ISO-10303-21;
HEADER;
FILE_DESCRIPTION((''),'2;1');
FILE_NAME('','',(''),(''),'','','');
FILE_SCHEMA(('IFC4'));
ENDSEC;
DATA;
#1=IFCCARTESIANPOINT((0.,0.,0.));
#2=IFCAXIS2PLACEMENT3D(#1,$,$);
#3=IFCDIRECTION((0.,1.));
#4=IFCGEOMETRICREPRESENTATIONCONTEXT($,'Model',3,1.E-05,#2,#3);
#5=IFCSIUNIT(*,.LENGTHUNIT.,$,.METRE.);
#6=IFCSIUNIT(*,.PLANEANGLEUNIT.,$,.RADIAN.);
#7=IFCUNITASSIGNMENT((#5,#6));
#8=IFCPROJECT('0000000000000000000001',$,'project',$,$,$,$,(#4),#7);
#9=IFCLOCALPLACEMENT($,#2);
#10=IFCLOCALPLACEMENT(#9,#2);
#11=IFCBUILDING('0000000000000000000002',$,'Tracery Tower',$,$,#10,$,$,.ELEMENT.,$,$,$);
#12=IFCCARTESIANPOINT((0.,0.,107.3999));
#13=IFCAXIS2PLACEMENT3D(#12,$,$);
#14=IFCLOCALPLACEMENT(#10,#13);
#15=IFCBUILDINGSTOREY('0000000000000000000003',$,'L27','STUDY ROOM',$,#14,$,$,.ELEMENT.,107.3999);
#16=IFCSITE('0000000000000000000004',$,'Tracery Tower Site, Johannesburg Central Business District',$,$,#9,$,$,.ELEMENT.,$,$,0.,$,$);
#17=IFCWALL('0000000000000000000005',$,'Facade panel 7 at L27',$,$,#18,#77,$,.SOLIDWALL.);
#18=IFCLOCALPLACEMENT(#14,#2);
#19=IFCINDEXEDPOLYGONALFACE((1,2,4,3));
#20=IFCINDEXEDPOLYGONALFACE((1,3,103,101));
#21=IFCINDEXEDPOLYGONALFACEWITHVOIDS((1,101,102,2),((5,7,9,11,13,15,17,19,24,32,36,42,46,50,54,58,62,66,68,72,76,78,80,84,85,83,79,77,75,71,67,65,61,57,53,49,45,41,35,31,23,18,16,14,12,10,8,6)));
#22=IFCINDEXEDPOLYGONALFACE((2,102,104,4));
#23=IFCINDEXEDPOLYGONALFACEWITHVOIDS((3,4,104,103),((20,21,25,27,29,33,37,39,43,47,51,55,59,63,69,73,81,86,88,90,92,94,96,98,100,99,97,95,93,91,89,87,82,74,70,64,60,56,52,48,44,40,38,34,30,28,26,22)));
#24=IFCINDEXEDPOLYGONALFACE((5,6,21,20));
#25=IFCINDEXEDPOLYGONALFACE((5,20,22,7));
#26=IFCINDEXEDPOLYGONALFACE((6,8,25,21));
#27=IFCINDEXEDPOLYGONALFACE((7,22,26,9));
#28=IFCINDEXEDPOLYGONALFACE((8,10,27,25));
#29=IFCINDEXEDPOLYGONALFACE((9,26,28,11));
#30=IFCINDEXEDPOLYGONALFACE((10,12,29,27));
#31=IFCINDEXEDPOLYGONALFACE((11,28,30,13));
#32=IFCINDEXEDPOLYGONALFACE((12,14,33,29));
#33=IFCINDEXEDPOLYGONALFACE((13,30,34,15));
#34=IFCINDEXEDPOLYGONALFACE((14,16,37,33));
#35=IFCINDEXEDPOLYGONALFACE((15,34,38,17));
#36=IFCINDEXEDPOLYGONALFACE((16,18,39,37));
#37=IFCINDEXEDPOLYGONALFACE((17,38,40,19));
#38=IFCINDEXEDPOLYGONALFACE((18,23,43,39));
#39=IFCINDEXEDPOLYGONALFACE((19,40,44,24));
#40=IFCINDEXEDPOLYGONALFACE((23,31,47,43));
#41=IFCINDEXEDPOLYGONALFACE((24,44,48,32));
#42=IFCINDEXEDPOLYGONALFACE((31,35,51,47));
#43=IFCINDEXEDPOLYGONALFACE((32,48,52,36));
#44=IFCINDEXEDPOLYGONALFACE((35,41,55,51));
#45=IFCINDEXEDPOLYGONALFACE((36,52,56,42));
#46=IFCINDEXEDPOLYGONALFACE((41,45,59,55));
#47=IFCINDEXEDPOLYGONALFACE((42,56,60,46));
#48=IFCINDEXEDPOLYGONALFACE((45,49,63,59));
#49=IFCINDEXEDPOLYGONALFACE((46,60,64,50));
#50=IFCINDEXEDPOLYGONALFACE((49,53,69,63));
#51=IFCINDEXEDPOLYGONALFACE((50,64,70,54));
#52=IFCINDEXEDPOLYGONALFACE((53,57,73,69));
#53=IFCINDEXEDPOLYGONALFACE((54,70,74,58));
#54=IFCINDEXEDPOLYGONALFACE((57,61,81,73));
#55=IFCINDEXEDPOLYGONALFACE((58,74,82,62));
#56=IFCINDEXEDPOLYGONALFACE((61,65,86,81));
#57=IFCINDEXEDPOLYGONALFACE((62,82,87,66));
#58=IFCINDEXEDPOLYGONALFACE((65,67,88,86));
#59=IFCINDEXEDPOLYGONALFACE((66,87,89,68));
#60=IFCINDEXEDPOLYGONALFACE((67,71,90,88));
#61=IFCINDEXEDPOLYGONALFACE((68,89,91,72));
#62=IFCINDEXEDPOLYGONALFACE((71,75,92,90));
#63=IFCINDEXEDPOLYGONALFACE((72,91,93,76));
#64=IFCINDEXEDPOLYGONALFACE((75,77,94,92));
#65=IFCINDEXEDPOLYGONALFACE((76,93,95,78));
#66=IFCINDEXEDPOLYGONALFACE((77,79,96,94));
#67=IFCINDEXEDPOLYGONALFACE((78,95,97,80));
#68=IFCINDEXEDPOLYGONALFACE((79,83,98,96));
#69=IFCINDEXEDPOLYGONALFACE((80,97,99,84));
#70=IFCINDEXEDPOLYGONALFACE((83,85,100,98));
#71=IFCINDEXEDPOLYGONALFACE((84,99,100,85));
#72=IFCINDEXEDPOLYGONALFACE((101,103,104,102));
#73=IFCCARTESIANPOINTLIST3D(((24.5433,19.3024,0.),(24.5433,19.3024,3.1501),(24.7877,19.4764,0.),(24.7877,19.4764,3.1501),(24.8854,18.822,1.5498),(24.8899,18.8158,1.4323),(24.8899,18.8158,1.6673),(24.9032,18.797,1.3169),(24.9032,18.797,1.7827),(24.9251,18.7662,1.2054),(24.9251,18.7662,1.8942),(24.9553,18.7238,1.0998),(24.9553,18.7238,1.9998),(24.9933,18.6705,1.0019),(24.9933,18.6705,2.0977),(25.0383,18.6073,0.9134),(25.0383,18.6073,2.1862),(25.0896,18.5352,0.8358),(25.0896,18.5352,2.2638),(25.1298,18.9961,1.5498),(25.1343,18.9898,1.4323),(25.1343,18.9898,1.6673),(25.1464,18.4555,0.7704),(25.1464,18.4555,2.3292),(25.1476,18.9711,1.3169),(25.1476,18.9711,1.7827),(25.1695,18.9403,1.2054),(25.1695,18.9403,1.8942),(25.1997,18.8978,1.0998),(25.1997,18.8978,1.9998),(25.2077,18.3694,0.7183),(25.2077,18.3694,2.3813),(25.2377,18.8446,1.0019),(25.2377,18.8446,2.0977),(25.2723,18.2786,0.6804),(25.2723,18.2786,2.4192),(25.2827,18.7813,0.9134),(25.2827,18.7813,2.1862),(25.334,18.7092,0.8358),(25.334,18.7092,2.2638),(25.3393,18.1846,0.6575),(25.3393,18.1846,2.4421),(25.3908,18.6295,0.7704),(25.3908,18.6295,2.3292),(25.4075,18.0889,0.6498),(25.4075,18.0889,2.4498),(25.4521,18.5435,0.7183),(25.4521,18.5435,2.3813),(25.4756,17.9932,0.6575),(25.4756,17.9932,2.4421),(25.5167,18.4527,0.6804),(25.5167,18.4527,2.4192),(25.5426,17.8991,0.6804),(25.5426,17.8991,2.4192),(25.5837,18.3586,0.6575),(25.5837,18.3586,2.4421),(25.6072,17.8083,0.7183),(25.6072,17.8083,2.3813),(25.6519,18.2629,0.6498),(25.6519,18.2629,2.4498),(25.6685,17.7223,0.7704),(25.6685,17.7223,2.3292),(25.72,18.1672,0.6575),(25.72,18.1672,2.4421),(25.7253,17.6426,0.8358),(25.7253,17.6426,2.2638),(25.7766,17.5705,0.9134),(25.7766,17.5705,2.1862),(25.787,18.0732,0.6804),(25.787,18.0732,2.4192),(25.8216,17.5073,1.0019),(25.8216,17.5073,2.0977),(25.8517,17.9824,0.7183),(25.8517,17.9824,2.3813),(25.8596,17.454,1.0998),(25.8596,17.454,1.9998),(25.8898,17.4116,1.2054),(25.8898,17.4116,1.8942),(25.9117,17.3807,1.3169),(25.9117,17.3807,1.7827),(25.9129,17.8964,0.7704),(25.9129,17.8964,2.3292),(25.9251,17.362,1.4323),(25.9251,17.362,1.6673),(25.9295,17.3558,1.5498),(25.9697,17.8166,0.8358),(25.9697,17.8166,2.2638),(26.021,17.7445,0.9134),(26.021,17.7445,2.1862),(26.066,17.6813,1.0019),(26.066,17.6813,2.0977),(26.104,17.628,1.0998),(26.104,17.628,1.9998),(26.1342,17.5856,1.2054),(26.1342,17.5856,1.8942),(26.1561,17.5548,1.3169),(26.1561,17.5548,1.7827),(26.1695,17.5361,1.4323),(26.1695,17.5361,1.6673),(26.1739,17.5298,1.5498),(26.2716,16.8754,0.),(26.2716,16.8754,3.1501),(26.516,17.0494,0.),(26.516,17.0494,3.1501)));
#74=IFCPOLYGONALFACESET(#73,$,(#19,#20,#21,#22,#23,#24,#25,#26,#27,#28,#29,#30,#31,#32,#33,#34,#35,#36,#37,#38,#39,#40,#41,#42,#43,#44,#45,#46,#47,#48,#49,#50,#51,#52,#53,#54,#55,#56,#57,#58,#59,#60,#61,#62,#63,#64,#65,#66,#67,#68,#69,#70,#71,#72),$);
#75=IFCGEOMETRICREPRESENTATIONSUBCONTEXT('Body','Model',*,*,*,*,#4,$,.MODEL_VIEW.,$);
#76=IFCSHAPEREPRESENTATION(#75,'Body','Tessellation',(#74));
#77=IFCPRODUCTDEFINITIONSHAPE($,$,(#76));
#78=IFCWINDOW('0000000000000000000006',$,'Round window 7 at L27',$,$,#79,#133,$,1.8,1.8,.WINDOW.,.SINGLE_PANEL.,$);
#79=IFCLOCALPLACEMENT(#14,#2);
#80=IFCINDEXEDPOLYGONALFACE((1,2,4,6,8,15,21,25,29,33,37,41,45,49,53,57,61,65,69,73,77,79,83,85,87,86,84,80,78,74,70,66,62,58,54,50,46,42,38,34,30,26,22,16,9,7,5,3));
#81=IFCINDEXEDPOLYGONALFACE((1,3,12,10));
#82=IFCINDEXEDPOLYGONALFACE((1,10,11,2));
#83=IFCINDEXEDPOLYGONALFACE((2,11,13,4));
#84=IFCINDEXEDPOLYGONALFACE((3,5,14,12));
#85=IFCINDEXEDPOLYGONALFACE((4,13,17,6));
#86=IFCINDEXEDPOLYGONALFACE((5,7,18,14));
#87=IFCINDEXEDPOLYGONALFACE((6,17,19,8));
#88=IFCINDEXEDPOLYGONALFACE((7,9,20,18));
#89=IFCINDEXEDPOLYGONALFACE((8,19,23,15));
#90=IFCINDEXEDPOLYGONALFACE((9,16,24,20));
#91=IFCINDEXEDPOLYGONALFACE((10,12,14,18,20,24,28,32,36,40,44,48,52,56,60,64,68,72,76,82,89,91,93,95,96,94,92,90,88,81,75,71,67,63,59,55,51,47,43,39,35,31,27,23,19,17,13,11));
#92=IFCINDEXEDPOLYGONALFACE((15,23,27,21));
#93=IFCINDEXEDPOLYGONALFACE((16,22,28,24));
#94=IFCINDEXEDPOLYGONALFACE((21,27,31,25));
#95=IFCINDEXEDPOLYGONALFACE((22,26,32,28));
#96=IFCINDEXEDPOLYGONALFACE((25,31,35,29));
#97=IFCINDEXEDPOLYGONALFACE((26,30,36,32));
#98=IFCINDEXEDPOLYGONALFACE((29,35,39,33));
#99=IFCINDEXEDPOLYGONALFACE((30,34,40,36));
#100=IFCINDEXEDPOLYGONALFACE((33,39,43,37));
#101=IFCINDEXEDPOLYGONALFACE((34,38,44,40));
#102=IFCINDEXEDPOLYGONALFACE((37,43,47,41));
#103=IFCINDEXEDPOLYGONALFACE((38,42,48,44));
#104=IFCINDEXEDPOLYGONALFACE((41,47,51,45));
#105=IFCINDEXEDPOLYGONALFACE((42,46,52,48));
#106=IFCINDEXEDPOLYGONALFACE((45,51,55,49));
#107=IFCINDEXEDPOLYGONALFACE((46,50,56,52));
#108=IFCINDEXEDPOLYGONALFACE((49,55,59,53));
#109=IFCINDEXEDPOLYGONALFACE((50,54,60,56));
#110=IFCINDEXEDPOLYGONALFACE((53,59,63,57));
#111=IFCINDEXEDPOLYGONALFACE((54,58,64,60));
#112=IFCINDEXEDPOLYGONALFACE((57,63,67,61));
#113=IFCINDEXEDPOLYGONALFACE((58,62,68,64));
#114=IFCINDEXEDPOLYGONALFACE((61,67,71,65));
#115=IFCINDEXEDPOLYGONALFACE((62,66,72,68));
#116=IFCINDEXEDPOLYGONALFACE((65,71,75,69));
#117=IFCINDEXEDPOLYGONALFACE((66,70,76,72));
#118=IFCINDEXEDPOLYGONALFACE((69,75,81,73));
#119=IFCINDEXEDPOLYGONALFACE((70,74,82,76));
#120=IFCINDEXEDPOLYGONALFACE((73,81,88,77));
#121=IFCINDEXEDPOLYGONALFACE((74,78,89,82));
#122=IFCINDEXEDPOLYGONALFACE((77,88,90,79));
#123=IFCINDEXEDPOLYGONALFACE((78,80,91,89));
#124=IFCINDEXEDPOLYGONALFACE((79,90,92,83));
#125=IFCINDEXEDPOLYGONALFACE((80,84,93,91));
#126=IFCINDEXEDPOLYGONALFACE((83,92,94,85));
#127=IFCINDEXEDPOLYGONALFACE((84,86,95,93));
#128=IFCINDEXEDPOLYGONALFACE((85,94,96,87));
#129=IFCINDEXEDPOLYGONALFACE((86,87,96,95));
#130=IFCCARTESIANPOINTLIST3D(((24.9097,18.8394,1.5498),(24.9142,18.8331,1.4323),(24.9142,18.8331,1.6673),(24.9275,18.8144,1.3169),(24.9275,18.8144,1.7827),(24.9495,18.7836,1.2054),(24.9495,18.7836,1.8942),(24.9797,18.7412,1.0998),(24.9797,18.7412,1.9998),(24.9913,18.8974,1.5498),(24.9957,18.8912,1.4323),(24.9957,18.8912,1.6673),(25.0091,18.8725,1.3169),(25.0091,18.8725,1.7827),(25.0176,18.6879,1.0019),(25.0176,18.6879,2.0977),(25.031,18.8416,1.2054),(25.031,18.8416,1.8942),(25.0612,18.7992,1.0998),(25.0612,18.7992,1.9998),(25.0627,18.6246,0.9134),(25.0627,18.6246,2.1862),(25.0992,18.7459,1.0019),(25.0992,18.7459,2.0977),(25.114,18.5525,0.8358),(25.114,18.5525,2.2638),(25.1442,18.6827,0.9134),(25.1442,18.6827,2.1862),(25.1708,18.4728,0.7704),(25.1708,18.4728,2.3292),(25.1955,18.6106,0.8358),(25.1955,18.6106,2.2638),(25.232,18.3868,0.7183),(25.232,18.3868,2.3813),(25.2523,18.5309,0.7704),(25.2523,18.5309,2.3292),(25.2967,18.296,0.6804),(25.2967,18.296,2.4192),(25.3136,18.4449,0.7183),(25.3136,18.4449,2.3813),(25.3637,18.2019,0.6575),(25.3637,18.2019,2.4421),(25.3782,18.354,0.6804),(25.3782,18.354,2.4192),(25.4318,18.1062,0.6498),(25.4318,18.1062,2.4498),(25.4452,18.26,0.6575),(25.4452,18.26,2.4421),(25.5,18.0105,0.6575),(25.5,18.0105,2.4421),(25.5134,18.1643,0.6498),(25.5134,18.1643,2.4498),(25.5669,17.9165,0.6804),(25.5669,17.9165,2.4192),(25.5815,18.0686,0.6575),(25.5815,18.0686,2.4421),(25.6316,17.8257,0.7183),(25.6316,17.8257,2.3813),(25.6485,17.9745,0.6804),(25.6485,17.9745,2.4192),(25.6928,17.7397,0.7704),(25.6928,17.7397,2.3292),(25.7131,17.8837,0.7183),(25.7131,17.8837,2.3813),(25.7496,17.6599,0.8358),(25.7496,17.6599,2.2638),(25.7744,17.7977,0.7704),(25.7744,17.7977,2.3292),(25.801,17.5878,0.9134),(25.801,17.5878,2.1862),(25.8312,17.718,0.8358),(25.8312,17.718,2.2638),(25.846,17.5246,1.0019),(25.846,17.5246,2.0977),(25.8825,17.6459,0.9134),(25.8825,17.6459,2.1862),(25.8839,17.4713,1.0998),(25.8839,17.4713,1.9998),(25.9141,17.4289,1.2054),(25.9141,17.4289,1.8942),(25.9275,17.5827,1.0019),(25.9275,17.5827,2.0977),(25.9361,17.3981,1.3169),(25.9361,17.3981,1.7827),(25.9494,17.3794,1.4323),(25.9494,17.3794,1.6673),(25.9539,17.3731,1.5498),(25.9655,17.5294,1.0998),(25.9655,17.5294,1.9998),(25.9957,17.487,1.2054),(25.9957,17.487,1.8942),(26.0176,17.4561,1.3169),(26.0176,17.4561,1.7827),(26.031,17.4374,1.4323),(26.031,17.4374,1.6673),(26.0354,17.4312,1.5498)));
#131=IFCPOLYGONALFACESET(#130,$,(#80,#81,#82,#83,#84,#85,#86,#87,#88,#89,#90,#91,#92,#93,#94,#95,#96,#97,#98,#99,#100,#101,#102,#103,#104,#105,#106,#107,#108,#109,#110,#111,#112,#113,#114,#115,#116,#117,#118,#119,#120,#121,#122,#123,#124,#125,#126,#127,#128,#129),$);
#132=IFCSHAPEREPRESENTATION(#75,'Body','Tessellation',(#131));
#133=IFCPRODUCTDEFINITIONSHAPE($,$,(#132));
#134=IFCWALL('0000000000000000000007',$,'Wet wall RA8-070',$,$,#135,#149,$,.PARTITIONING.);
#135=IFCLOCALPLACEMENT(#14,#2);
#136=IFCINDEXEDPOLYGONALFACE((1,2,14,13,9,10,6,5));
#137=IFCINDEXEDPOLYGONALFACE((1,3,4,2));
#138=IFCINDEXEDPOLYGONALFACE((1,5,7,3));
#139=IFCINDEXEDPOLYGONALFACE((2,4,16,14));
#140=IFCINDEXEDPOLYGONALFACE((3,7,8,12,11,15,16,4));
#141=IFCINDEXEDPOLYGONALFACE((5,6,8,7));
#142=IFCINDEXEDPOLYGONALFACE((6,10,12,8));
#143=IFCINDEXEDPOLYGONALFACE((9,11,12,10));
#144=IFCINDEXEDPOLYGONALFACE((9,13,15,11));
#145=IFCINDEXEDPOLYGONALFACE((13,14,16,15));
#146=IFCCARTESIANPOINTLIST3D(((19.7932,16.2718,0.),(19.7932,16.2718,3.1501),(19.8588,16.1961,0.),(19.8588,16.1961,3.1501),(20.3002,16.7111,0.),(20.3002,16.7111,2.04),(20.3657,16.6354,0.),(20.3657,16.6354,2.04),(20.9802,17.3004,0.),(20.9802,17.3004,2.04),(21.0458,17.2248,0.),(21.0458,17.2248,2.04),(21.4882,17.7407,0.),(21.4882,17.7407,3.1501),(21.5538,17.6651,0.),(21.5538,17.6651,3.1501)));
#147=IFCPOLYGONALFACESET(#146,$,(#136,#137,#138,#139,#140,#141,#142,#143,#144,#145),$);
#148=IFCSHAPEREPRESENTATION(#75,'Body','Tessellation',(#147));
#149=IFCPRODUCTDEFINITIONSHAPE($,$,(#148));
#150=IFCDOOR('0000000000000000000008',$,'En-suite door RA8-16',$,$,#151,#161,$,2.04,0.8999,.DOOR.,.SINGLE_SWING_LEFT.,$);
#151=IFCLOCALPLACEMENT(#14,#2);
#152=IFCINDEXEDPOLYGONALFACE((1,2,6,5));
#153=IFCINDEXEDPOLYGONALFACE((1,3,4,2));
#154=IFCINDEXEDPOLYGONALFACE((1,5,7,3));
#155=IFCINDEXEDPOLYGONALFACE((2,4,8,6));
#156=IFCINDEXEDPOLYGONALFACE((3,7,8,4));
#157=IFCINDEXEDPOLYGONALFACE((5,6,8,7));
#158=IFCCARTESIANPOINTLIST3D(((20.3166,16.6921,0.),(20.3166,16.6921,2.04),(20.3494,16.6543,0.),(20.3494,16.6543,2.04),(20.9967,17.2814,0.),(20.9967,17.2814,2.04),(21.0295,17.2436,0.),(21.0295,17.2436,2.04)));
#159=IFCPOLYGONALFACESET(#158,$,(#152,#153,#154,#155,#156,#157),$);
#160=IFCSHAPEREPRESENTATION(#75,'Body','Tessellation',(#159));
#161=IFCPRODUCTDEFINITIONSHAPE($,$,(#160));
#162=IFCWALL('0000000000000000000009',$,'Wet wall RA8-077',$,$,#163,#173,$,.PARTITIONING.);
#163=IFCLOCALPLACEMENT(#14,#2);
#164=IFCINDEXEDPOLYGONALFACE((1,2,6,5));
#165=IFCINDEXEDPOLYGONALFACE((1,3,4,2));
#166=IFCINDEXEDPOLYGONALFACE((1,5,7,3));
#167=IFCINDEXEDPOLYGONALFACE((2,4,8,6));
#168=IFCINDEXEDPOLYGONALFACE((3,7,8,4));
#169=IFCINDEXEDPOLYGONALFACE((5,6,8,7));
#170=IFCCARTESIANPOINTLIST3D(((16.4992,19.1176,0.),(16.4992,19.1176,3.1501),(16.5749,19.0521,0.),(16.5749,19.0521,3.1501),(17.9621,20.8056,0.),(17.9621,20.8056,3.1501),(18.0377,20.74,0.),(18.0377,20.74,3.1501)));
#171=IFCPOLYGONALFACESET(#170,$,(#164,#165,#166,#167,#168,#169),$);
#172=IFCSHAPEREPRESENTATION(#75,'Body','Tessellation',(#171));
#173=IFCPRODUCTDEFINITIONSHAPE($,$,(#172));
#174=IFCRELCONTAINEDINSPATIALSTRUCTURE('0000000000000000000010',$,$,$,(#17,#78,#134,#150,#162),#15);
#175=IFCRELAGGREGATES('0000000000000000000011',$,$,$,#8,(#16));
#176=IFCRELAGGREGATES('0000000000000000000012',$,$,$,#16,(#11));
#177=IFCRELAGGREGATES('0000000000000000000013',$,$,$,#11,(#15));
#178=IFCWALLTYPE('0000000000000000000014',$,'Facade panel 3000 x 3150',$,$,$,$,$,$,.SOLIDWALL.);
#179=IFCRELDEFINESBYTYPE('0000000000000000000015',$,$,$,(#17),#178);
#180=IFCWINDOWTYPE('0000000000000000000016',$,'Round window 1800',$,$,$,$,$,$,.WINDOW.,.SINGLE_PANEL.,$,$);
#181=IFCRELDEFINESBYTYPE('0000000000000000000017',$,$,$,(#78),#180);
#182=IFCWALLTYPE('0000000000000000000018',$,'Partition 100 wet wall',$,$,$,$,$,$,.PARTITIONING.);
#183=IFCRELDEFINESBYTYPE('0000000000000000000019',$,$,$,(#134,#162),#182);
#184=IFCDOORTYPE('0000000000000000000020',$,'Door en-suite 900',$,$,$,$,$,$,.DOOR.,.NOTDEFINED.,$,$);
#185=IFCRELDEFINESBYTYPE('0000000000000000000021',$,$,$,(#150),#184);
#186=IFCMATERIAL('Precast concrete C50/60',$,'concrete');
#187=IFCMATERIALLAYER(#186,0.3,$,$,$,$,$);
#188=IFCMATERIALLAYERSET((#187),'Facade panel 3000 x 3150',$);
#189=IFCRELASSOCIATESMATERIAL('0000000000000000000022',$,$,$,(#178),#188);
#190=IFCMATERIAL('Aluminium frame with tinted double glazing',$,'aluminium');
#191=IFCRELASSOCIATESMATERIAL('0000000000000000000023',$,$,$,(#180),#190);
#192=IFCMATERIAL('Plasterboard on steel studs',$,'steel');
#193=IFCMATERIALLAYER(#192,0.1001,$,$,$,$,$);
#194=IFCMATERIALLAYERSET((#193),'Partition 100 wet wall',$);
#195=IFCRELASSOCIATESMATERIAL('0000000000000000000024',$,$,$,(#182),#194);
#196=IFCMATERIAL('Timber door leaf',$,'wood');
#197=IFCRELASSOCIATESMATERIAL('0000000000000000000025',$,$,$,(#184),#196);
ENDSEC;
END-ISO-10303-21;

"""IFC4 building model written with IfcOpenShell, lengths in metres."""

from ifc_helpers import new_model, si_unit, direction, frame, frame_2d, origin, origin_2d, place, context, subcontext, project, spatial, rectangle, circle, extrude, material, layer, layer_set, type_object, element, fill, save


model = new_model("IFC4")

# Units and contexts
model_context = context("Model", 3, precision=1e-05, world=origin(), true_north=direction((0.0, 1.0)))
body_context = subcontext(model_context, "Body", "Model", "MODEL_VIEW")
ifc_project = project(units=[si_unit("LENGTHUNIT", "METRE"), si_unit("PLANEANGLEUNIT", "RADIAN")], contexts=[model_context])

# Site, building, storey
site_placement = place(None, origin())
site = spatial("IfcSite", under=ifc_project, at=site_placement, Name="Tracery Tower Site, Johannesburg Central Business District", CompositionType="ELEMENT", RefElevation=0.0)
building_placement = place(site_placement, origin())
building = spatial("IfcBuilding", under=site, at=building_placement, Name="Tracery Tower", CompositionType="ELEMENT")
storey_placement = place(building_placement, frame((0.0, 0.0, 107.3999)))
storey = spatial("IfcBuildingStorey", under=building, at=storey_placement, Name="L27", Description="STUDY ROOM", CompositionType="ELEMENT", Elevation=107.3999)

# Wall, opening, window
ifc_material_1 = material(Name="Precast concrete C50/60", Category="concrete")
ifc_layer_1 = layer(ifc_material_1, 0.3)
ifc_layer_set_1 = layer_set([ifc_layer_1], Name="Facade panel 3000 x 3150")
wall_type_1 = type_object("IfcWallType", Name="Facade panel 3000 x 3150", PredefinedType="SOLIDWALL", material=ifc_layer_set_1)
ifc_material_2 = material(Name="Aluminium frame with tinted double glazing", Category="aluminium")
window_type = type_object("IfcWindowType", Name="Round window 1800", PartitioningType="SINGLE_PANEL", PredefinedType="WINDOW", material=ifc_material_2)
wall_1_placement = place(storey_placement, frame((26.3938, 16.9624, 0.0), z_axis=(0.0, 0.0, 1.0), x_axis=(-0.580059, 0.814574, 0.0)))
wall_1 = element("IfcWall", 1, at=wall_1_placement, inside=storey, type_object=wall_type_1, Name="Facade panel 7 at L27", PredefinedType="SOLIDWALL", context=body_context, shape_type="SweptSolid", body=[
    extrude(rectangle(XDim=2.9795, YDim=0.3, at=frame_2d((1.4897, 0.0))), origin(), (0.0, 0.0, 1.0), 3.1501),
])
opening_1_placement = place(wall_1_placement, frame((1.4897, 0.0, 1.5498)))
opening_1 = element("IfcOpeningElement", 2, at=opening_1_placement, cuts=wall_1, PredefinedType="OPENING", context=body_context, shape_type="SweptSolid", body=[
    extrude(circle(Radius=0.9, at=origin_2d()), frame((0.0, 0.1599, 0.0), z_axis=(0.0, -1.0, 0.0), x_axis=(1.0, 0.0, 0.0)), (0.0, 0.0, 1.0), 0.3201),
])
window_1_placement = place(opening_1_placement, origin())
window_1 = element("IfcWindow", 3, at=window_1_placement, inside=storey, type_object=window_type, Name="Round window 7 at L27", OverallHeight=1.8, OverallWidth=1.8, PartitioningType="SINGLE_PANEL", PredefinedType="WINDOW", context=body_context, shape_type="SweptSolid", body=[
    extrude(circle(Radius=0.9, at=origin_2d()), frame((0.0, 0.1201, 0.0), z_axis=(0.0, -1.0, 0.0), x_axis=(1.0, 0.0, 0.0)), (0.0, 0.0, 1.0), 0.1001),
])
fill(opening_1, window_1)

# Wall, opening, door
ifc_material_3 = material(Name="Plasterboard on steel studs", Category="steel")
ifc_layer_2 = layer(ifc_material_3, 0.1001)
ifc_layer_set_2 = layer_set([ifc_layer_2], Name="Partition 100 wet wall")
wall_type_2 = type_object("IfcWallType", Name="Partition 100 wet wall", PredefinedType="PARTITIONING", material=ifc_layer_set_2)
wall_2_placement = place(storey_placement, frame((19.8259, 16.2339, 0.0), z_axis=(0.0, 0.0, 1.0), x_axis=(0.755703, 0.654914, 0.0)))
wall_2 = element("IfcWall", 4, at=wall_2_placement, inside=storey, type_object=wall_type_2, Name="Wet wall RA8-070", PredefinedType="PARTITIONING", context=body_context, shape_type="SweptSolid", body=[
    extrude(rectangle(XDim=2.2429, YDim=0.1001, at=frame_2d((1.1216, 0.0))), origin(), (0.0, 0.0, 1.0), 3.1501),
])
opening_2_placement = place(wall_2_placement, frame((0.6709, 0.0, 0.0)))
opening_2 = element("IfcOpeningElement", 5, at=opening_2_placement, cuts=wall_2, PredefinedType="OPENING", context=body_context, shape_type="SweptSolid", body=[
    extrude(rectangle(XDim=0.8999, YDim=2.04, at=frame_2d((0.45, 1.02))), frame((0.0, 0.05, 0.0), z_axis=(0.0, -1.0, 0.0), x_axis=(1.0, 0.0, 0.0)), (0.0, 0.0, 1.0), 0.1001),
])
ifc_material_4 = material(Name="Timber door leaf", Category="wood")
door_type_1 = type_object("IfcDoorType", Name="Door en-suite 900", OperationType="NOTDEFINED", PredefinedType="DOOR", material=ifc_material_4)
door_1_placement = place(opening_2_placement, origin())
door_1 = element("IfcDoor", 6, at=door_1_placement, inside=storey, type_object=door_type_1, Name="En-suite door RA8-16", OperationType="SINGLE_SWING_LEFT", OverallHeight=2.04, OverallWidth=0.8999, PredefinedType="DOOR", context=body_context, shape_type="SweptSolid", body=[
    extrude(rectangle(XDim=0.8999, YDim=2.04, at=frame_2d((0.45, 1.02))), frame((0.0, 0.0249, 0.0), z_axis=(0.0, -1.0, 0.0), x_axis=(1.0, 0.0, 0.0)), (0.0, 0.0, 1.0), 0.05),
])
fill(opening_2, door_1)

# Wall
wall_3_placement = place(storey_placement, frame((16.5371, 19.085, 0.0), z_axis=(0.0, 0.0, 1.0), x_axis=(0.654922, 0.755696, 0.0)))
element("IfcWall", 7, at=wall_3_placement, inside=storey, type_object=wall_type_2, Name="Wet wall RA8-077", PredefinedType="PARTITIONING", context=body_context, shape_type="SweptSolid", body=[
    extrude(rectangle(XDim=2.2336, YDim=0.1001, at=frame_2d((1.1167, 0.0))), origin(), (0.0, 0.0, 1.0), 3.1501),
])

save(model, "model.ifc")
